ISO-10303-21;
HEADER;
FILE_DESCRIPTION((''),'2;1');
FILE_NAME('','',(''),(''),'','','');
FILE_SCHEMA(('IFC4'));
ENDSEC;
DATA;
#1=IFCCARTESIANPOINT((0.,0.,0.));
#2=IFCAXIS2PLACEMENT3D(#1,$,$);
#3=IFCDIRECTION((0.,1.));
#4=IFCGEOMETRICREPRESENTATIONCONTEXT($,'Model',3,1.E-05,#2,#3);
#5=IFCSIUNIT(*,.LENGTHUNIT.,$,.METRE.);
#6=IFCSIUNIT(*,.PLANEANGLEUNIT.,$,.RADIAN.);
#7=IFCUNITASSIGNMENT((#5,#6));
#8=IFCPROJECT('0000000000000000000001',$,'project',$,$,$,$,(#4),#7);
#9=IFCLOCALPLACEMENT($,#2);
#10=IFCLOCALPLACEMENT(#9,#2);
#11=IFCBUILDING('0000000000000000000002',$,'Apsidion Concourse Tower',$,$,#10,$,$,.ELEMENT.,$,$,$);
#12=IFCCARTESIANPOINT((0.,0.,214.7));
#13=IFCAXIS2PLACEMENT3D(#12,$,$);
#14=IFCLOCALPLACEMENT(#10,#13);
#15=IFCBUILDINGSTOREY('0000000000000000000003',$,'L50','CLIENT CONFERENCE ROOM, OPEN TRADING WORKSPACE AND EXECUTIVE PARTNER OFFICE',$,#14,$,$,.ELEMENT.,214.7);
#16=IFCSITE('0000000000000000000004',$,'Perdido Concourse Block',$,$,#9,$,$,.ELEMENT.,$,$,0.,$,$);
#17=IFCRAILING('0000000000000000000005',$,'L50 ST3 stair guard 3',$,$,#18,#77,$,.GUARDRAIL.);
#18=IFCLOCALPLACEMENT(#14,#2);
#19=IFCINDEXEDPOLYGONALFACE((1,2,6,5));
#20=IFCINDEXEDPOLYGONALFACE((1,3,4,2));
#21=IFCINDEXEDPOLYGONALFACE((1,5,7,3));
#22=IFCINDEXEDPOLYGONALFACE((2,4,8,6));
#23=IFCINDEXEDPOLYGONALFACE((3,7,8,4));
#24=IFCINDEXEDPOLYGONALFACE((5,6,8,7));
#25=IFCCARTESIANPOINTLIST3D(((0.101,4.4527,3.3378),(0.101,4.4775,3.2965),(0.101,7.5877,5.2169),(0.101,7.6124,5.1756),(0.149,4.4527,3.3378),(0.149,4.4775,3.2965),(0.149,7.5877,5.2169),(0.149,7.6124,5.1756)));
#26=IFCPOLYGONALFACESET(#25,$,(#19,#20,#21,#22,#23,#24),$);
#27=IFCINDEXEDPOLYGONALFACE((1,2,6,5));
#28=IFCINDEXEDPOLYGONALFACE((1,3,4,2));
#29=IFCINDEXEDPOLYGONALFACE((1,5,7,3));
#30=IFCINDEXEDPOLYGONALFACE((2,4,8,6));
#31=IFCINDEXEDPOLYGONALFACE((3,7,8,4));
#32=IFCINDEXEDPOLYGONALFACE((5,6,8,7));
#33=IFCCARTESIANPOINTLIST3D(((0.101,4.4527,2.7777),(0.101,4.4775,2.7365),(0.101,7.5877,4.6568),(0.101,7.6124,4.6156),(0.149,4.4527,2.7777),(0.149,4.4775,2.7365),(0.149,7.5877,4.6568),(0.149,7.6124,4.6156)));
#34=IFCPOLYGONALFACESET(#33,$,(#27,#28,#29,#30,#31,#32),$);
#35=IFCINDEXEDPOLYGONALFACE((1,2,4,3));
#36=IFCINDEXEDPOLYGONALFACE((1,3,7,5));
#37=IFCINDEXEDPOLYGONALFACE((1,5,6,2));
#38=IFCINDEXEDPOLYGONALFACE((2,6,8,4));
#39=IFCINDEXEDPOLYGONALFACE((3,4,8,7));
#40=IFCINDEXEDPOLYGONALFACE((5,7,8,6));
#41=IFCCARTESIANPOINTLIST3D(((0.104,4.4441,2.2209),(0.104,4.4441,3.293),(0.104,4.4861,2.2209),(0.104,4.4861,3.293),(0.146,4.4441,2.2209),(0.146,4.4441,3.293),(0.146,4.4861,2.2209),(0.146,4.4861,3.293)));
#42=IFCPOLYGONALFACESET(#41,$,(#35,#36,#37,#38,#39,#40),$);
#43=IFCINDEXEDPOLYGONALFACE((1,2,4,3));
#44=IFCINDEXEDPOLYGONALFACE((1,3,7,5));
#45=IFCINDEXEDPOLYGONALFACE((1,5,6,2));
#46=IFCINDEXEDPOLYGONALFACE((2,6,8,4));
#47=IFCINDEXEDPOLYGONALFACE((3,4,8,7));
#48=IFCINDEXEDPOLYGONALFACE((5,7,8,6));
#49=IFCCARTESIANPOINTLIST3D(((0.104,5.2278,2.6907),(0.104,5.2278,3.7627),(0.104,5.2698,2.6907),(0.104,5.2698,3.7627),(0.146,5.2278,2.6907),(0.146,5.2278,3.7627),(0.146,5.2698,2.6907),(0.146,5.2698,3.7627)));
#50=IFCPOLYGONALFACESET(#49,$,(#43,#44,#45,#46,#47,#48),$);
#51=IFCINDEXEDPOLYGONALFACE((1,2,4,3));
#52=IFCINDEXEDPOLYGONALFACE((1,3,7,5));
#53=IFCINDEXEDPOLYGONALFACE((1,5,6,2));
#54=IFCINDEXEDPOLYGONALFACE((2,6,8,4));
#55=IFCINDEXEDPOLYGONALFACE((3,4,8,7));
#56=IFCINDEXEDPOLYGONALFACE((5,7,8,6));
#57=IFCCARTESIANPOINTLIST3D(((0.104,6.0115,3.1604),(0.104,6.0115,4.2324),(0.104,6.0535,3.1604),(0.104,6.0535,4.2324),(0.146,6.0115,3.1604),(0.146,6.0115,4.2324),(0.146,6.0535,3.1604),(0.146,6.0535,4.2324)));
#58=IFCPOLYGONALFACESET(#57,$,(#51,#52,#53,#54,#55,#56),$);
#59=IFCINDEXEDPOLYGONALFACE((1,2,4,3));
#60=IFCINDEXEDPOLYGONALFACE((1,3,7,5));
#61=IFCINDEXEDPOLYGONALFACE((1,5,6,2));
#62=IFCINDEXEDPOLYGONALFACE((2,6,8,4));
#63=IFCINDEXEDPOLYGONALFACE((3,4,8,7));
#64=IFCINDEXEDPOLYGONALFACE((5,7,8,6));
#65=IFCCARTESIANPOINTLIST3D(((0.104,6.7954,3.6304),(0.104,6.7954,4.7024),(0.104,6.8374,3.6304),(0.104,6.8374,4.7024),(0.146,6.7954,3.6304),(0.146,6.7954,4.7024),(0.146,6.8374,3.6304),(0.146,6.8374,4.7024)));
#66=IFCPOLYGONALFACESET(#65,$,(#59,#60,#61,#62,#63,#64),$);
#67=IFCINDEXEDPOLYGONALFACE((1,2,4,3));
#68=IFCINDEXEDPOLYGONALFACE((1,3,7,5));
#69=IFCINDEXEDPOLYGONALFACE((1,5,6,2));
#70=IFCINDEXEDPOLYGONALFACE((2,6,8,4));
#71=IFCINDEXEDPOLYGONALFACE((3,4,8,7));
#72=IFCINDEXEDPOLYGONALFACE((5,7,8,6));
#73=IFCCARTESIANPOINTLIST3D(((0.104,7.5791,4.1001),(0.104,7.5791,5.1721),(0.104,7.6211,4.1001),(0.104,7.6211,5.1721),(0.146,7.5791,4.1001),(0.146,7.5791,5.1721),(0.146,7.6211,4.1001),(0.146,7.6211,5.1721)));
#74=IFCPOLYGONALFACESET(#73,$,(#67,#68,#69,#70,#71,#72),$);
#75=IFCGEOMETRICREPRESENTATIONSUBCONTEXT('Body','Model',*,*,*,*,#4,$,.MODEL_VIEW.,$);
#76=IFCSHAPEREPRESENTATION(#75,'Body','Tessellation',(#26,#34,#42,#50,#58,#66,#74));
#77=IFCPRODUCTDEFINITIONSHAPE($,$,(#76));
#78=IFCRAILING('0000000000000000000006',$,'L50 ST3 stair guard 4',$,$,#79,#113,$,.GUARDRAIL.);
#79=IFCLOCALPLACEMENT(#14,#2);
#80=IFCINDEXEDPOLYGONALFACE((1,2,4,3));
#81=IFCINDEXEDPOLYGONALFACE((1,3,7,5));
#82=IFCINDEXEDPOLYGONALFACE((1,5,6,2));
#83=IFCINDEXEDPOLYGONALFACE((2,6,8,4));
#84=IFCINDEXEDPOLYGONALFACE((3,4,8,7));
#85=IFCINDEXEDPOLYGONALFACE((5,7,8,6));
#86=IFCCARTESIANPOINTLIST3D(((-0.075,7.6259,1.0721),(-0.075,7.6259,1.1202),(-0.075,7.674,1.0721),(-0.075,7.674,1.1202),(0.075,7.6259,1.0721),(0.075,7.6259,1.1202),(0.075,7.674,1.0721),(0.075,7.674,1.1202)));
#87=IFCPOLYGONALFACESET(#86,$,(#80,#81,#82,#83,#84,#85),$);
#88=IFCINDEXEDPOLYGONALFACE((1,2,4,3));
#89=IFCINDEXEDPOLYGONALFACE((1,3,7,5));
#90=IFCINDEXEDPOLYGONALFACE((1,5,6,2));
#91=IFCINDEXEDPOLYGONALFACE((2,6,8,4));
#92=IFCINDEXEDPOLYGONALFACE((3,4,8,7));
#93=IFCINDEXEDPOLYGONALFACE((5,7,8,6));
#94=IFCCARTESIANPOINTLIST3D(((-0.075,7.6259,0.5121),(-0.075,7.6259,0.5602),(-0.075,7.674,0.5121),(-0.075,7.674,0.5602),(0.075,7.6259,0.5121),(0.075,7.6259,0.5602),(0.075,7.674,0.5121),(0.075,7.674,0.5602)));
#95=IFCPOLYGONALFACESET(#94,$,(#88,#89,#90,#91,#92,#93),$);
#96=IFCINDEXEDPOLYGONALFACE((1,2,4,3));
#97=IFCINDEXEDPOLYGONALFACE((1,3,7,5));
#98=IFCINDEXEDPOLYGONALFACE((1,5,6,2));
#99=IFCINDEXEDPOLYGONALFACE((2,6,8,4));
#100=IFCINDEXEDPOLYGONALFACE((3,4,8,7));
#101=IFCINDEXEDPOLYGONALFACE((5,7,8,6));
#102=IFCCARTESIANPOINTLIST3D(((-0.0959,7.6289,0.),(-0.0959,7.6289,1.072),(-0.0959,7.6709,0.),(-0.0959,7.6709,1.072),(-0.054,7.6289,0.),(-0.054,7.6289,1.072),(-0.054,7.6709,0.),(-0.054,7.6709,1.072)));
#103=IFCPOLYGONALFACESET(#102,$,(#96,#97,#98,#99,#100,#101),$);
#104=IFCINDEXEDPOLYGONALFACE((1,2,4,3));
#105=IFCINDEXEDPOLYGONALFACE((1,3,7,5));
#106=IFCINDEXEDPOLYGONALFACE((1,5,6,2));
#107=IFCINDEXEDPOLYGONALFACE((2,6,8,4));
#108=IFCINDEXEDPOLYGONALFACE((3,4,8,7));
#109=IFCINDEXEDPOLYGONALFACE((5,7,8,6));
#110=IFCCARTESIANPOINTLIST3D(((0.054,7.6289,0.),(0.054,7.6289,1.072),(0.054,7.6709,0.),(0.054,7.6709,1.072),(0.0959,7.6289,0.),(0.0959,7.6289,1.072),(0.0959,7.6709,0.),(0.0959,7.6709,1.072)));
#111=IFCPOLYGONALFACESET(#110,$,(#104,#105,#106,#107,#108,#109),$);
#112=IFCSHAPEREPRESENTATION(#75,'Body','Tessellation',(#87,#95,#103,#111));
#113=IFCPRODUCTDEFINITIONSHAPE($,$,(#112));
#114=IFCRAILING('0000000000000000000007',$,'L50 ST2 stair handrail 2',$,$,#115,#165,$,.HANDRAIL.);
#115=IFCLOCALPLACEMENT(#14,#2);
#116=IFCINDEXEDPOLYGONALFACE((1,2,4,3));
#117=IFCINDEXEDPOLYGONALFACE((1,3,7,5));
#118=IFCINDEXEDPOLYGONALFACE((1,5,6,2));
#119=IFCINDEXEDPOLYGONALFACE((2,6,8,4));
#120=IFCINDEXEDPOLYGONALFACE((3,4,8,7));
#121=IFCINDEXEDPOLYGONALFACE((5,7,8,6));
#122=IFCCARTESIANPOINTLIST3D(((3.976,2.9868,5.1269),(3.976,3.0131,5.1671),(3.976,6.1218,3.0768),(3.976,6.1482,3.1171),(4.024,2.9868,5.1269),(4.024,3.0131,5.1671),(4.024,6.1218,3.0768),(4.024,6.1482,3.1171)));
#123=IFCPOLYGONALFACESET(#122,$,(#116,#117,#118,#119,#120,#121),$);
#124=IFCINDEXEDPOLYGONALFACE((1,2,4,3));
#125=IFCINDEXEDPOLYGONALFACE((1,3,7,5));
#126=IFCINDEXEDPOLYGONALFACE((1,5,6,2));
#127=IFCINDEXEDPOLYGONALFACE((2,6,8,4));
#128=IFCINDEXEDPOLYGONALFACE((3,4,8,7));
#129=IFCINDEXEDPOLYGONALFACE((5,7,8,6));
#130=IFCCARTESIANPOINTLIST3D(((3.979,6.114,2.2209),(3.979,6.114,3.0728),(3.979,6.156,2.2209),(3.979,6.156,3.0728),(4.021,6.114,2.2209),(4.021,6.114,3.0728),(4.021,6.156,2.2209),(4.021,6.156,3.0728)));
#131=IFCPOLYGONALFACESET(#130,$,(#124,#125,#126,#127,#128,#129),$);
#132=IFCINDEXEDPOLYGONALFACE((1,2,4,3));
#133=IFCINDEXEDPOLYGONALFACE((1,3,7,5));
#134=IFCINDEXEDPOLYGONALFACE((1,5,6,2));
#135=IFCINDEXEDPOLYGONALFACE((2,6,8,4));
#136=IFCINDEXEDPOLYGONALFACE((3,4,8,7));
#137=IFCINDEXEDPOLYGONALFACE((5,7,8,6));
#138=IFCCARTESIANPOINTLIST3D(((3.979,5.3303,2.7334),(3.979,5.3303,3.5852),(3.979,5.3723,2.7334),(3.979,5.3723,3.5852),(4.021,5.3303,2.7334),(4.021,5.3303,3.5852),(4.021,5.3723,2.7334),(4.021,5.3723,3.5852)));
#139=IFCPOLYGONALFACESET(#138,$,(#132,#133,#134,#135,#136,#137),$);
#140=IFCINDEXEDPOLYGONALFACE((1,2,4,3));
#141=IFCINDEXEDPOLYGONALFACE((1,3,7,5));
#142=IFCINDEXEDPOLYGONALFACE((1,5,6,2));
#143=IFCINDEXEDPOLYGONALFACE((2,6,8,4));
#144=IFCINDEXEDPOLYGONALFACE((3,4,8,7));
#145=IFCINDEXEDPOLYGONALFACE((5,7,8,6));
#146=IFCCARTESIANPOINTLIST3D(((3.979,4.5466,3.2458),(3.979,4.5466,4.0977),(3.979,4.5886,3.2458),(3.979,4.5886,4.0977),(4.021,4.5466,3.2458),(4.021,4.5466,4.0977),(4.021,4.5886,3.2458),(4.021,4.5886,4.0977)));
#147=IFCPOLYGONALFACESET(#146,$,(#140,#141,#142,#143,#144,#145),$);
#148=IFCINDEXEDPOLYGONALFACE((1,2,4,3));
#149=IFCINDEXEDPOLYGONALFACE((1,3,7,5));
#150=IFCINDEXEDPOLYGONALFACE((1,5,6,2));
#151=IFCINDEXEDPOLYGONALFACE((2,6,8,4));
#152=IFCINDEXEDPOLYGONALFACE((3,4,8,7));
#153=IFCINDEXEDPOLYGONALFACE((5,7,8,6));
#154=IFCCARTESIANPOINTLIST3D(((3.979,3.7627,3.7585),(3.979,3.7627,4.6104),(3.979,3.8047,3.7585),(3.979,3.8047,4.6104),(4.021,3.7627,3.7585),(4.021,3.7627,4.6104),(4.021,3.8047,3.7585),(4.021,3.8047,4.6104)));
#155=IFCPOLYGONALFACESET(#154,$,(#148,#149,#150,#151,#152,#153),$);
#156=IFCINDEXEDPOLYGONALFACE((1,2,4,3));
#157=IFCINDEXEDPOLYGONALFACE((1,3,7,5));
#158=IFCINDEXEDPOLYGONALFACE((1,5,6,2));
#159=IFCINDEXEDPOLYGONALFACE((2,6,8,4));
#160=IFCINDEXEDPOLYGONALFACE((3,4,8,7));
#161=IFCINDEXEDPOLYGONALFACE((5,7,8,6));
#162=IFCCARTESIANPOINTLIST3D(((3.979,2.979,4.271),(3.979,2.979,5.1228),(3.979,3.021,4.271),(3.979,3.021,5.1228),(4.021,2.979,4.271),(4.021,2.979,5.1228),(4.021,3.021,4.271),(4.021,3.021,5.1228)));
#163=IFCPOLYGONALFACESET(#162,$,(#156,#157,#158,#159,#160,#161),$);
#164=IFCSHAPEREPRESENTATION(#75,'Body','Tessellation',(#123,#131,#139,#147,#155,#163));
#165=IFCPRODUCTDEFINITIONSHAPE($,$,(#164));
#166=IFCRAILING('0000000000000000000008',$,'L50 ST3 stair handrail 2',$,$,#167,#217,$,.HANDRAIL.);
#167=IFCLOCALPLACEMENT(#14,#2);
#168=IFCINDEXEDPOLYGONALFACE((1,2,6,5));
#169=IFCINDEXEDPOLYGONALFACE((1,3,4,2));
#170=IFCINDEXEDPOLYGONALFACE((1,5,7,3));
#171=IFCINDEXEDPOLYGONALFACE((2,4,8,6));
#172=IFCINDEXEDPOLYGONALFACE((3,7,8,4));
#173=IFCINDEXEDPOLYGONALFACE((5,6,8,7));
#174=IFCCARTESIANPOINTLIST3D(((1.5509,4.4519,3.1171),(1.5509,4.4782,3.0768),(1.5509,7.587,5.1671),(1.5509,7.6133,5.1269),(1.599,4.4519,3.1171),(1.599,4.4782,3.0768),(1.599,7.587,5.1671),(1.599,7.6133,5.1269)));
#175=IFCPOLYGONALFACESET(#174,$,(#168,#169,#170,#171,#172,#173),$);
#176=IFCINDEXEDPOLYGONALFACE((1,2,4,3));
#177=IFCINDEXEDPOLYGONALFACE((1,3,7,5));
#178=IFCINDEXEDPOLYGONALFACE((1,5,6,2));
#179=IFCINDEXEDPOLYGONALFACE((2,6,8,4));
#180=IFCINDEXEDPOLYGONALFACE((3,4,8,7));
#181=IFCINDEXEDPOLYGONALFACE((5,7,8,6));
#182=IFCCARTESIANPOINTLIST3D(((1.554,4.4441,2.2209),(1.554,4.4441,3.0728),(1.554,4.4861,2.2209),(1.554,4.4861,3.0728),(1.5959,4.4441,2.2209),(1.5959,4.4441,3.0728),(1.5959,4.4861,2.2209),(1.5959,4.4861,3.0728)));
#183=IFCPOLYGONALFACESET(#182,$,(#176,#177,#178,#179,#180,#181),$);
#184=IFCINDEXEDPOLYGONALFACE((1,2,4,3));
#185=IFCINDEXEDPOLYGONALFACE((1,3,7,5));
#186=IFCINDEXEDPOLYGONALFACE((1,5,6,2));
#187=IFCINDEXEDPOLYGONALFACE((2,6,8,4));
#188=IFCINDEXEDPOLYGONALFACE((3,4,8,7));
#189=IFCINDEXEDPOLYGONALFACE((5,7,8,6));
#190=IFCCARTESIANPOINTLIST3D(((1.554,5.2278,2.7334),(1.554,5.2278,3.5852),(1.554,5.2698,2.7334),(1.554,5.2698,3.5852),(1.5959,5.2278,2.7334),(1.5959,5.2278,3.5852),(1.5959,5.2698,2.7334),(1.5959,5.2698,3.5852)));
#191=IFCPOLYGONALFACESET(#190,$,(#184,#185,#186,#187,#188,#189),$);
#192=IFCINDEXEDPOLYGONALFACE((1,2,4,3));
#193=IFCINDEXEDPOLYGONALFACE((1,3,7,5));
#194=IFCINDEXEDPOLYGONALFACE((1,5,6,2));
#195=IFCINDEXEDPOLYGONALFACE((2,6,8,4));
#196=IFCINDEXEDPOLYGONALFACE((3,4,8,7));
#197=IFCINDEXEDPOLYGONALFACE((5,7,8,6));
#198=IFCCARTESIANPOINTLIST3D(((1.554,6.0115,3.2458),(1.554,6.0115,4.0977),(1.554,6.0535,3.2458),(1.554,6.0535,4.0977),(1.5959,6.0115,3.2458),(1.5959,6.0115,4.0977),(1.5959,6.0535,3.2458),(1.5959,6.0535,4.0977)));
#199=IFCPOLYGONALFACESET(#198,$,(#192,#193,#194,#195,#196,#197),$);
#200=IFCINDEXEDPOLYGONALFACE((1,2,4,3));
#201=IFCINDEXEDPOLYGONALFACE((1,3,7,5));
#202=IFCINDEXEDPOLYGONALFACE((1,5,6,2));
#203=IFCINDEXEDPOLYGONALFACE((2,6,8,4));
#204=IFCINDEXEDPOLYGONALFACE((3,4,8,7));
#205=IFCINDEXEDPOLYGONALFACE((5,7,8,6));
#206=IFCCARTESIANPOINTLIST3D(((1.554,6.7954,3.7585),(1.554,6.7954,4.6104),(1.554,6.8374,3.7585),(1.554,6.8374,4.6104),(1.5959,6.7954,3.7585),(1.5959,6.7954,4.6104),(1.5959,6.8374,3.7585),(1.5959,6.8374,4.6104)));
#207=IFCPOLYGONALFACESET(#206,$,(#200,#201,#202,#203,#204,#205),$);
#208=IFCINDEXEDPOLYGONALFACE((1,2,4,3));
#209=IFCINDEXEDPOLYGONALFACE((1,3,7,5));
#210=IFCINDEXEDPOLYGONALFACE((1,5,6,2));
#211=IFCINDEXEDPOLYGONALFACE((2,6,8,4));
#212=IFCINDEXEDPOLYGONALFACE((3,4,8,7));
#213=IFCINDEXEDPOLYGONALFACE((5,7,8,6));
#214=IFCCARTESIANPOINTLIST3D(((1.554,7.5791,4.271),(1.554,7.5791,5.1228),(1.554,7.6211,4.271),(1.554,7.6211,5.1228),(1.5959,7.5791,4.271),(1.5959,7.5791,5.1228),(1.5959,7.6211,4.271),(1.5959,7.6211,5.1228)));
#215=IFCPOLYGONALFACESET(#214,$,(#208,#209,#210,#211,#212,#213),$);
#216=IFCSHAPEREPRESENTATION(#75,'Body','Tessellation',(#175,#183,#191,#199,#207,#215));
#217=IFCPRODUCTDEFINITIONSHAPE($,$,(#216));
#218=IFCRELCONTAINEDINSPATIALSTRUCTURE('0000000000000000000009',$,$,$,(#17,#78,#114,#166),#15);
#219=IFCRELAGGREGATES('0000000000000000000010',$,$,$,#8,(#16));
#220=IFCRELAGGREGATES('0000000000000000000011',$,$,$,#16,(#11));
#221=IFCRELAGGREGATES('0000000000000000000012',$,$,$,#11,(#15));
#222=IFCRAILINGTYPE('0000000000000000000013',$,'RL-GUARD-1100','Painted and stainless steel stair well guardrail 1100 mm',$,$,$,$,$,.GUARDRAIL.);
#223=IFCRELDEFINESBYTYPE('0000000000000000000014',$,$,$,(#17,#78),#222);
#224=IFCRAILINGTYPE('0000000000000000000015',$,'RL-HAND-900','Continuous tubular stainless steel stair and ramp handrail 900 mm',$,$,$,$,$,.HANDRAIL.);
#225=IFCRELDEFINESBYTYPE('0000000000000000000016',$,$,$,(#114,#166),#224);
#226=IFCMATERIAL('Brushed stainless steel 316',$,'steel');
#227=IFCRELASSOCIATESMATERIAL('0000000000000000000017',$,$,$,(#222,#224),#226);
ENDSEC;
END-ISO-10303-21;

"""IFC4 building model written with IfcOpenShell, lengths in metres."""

from ifc_helpers import new_model, si_unit, direction, frame, origin, origin_2d, place, context, subcontext, project, spatial, rectangle, extrude, material, type_object, element, save


model = new_model("IFC4")

# Units and contexts
model_context = context("Model", 3, precision=1e-05, world=origin(), true_north=direction((0.0, 1.0)))
body_context = subcontext(model_context, "Body", "Model", "MODEL_VIEW")
ifc_project = project(units=[si_unit("LENGTHUNIT", "METRE"), si_unit("PLANEANGLEUNIT", "RADIAN")], contexts=[model_context])

# Site, building, storey
site_placement = place(None, origin())
site = spatial("IfcSite", under=ifc_project, at=site_placement, Name="Perdido Concourse Block", CompositionType="ELEMENT", RefElevation=0.0)
building_placement = place(site_placement, origin())
building = spatial("IfcBuilding", under=site, at=building_placement, Name="Apsidion Concourse Tower", CompositionType="ELEMENT")
storey_placement = place(building_placement, frame((0.0, 0.0, 214.7)))
storey = spatial("IfcBuildingStorey", under=building, at=storey_placement, Name="L50", Description="CLIENT CONFERENCE ROOM, OPEN TRADING WORKSPACE AND EXECUTIVE PARTNER OFFICE", CompositionType="ELEMENT", Elevation=214.7)

# Railings
ifc_material_1 = material(Name="Brushed stainless steel 316", Category="steel")
railing_type_1 = type_object("IfcRailingType", Name="RL-GUARD-1100", Description="Painted and stainless steel stair well guardrail 1100 mm", PredefinedType="GUARDRAIL", material=ifc_material_1)
railing_1_placement = place(storey_placement, frame((0.125, 4.4651, 2.2209)))
element("IfcRailing", 1, at=railing_1_placement, inside=storey, type_object=railing_type_1, Name="L50 ST3 stair guard 3", PredefinedType="GUARDRAIL", context=body_context, shape_type="SweptSolid", body=[
    extrude(rectangle(XDim=0.0481, YDim=0.0481, at=origin_2d()), frame((0.0, 0.0, 1.0962), z_axis=(0.0, 0.857717, 0.514122), x_axis=(-1.0, 0.0, 0.0)), (0.0, 0.0, 1.0), 3.655),
    extrude(rectangle(XDim=0.0481, YDim=0.0481, at=origin_2d()), frame((0.0, 0.0, 0.5361), z_axis=(0.0, 0.857717, 0.514122), x_axis=(-1.0, 0.0, 0.0)), (0.0, 0.0, 1.0), 3.655),
    extrude(rectangle(XDim=0.042, YDim=0.042, at=origin_2d()), origin(), (0.0, 0.0, 1.0), 1.072),
    extrude(rectangle(XDim=0.042, YDim=0.042, at=origin_2d()), frame((0.0, 0.7837, 0.4697)), (0.0, 0.0, 1.0), 1.072),
    extrude(rectangle(XDim=0.042, YDim=0.042, at=origin_2d()), frame((0.0, 1.5674, 0.9395)), (0.0, 0.0, 1.0), 1.072),
    extrude(rectangle(XDim=0.042, YDim=0.042, at=origin_2d()), frame((0.0, 2.3513, 1.4094)), (0.0, 0.0, 1.0), 1.072),
    extrude(rectangle(XDim=0.042, YDim=0.042, at=origin_2d()), frame((0.0, 3.135, 1.8792)), (0.0, 0.0, 1.0), 1.072),
])
railing_2_placement = place(storey_placement, frame((-0.075, 7.6499, 0.0)))
element("IfcRailing", 2, at=railing_2_placement, inside=storey, type_object=railing_type_1, Name="L50 ST3 stair guard 4", PredefinedType="GUARDRAIL", context=body_context, shape_type="SweptSolid", body=[
    extrude(rectangle(XDim=0.0481, YDim=0.0481, at=origin_2d()), frame((0.0, 0.0, 1.0962), z_axis=(1.0, 0.0, 0.0), x_axis=(0.0, 1.0, 0.0)), (0.0, 0.0, 1.0), 0.1499),
    extrude(rectangle(XDim=0.0481, YDim=0.0481, at=origin_2d()), frame((0.0, 0.0, 0.5361), z_axis=(1.0, 0.0, 0.0), x_axis=(0.0, 1.0, 0.0)), (0.0, 0.0, 1.0), 0.1499),
    extrude(rectangle(XDim=0.042, YDim=0.042, at=origin_2d()), origin(), (0.0, 0.0, 1.0), 1.072),
    extrude(rectangle(XDim=0.042, YDim=0.042, at=origin_2d()), frame((0.1499, 0.0, 0.0)), (0.0, 0.0, 1.0), 1.072),
])
railing_type_2 = type_object("IfcRailingType", Name="RL-HAND-900", Description="Continuous tubular stainless steel stair and ramp handrail 900 mm", PredefinedType="HANDRAIL", material=ifc_material_1)
railing_3_placement = place(storey_placement, frame((4.0, 6.135, 2.2209)))
element("IfcRailing", 3, at=railing_3_placement, inside=storey, type_object=railing_type_2, Name="L50 ST2 stair handrail 2", PredefinedType="HANDRAIL", context=body_context, shape_type="SweptSolid", body=[
    extrude(rectangle(XDim=0.0481, YDim=0.0481, at=origin_2d()), frame((0.0, 0.0, 0.876), z_axis=(0.0, -0.836941, 0.547293), x_axis=(1.0, 0.0, 0.0)), (0.0, 0.0, 1.0), 3.7458),
    extrude(rectangle(XDim=0.042, YDim=0.042, at=origin_2d()), origin(), (0.0, 0.0, 1.0), 0.8518),
    extrude(rectangle(XDim=0.042, YDim=0.042, at=origin_2d()), frame((0.0, -0.7837, 0.5125)), (0.0, 0.0, 1.0), 0.8518),
    extrude(rectangle(XDim=0.042, YDim=0.042, at=origin_2d()), frame((0.0, -1.5674, 1.0249)), (0.0, 0.0, 1.0), 0.8518),
    extrude(rectangle(XDim=0.042, YDim=0.042, at=origin_2d()), frame((0.0, -2.3513, 1.5376)), (0.0, 0.0, 1.0), 0.8518),
    extrude(rectangle(XDim=0.042, YDim=0.042, at=origin_2d()), frame((0.0, -3.135, 2.05)), (0.0, 0.0, 1.0), 0.8518),
])
railing_4_placement = place(storey_placement, frame((1.575, 4.4651, 2.2209)))
element("IfcRailing", 4, at=railing_4_placement, inside=storey, type_object=railing_type_2, Name="L50 ST3 stair handrail 2", PredefinedType="HANDRAIL", context=body_context, shape_type="SweptSolid", body=[
    extrude(rectangle(XDim=0.0481, YDim=0.0481, at=origin_2d()), frame((0.0, 0.0, 0.876), z_axis=(0.0, 0.836941, 0.547293), x_axis=(-1.0, 0.0, 0.0)), (0.0, 0.0, 1.0), 3.7458),
    extrude(rectangle(XDim=0.042, YDim=0.042, at=origin_2d()), origin(), (0.0, 0.0, 1.0), 0.8518),
    extrude(rectangle(XDim=0.042, YDim=0.042, at=origin_2d()), frame((0.0, 0.7837, 0.5125)), (0.0, 0.0, 1.0), 0.8518),
    extrude(rectangle(XDim=0.042, YDim=0.042, at=origin_2d()), frame((0.0, 1.5674, 1.0249)), (0.0, 0.0, 1.0), 0.8518),
    extrude(rectangle(XDim=0.042, YDim=0.042, at=origin_2d()), frame((0.0, 2.3513, 1.5376)), (0.0, 0.0, 1.0), 0.8518),
    extrude(rectangle(XDim=0.042, YDim=0.042, at=origin_2d()), frame((0.0, 3.135, 2.05)), (0.0, 0.0, 1.0), 0.8518),
])

save(model, "model.ifc")
